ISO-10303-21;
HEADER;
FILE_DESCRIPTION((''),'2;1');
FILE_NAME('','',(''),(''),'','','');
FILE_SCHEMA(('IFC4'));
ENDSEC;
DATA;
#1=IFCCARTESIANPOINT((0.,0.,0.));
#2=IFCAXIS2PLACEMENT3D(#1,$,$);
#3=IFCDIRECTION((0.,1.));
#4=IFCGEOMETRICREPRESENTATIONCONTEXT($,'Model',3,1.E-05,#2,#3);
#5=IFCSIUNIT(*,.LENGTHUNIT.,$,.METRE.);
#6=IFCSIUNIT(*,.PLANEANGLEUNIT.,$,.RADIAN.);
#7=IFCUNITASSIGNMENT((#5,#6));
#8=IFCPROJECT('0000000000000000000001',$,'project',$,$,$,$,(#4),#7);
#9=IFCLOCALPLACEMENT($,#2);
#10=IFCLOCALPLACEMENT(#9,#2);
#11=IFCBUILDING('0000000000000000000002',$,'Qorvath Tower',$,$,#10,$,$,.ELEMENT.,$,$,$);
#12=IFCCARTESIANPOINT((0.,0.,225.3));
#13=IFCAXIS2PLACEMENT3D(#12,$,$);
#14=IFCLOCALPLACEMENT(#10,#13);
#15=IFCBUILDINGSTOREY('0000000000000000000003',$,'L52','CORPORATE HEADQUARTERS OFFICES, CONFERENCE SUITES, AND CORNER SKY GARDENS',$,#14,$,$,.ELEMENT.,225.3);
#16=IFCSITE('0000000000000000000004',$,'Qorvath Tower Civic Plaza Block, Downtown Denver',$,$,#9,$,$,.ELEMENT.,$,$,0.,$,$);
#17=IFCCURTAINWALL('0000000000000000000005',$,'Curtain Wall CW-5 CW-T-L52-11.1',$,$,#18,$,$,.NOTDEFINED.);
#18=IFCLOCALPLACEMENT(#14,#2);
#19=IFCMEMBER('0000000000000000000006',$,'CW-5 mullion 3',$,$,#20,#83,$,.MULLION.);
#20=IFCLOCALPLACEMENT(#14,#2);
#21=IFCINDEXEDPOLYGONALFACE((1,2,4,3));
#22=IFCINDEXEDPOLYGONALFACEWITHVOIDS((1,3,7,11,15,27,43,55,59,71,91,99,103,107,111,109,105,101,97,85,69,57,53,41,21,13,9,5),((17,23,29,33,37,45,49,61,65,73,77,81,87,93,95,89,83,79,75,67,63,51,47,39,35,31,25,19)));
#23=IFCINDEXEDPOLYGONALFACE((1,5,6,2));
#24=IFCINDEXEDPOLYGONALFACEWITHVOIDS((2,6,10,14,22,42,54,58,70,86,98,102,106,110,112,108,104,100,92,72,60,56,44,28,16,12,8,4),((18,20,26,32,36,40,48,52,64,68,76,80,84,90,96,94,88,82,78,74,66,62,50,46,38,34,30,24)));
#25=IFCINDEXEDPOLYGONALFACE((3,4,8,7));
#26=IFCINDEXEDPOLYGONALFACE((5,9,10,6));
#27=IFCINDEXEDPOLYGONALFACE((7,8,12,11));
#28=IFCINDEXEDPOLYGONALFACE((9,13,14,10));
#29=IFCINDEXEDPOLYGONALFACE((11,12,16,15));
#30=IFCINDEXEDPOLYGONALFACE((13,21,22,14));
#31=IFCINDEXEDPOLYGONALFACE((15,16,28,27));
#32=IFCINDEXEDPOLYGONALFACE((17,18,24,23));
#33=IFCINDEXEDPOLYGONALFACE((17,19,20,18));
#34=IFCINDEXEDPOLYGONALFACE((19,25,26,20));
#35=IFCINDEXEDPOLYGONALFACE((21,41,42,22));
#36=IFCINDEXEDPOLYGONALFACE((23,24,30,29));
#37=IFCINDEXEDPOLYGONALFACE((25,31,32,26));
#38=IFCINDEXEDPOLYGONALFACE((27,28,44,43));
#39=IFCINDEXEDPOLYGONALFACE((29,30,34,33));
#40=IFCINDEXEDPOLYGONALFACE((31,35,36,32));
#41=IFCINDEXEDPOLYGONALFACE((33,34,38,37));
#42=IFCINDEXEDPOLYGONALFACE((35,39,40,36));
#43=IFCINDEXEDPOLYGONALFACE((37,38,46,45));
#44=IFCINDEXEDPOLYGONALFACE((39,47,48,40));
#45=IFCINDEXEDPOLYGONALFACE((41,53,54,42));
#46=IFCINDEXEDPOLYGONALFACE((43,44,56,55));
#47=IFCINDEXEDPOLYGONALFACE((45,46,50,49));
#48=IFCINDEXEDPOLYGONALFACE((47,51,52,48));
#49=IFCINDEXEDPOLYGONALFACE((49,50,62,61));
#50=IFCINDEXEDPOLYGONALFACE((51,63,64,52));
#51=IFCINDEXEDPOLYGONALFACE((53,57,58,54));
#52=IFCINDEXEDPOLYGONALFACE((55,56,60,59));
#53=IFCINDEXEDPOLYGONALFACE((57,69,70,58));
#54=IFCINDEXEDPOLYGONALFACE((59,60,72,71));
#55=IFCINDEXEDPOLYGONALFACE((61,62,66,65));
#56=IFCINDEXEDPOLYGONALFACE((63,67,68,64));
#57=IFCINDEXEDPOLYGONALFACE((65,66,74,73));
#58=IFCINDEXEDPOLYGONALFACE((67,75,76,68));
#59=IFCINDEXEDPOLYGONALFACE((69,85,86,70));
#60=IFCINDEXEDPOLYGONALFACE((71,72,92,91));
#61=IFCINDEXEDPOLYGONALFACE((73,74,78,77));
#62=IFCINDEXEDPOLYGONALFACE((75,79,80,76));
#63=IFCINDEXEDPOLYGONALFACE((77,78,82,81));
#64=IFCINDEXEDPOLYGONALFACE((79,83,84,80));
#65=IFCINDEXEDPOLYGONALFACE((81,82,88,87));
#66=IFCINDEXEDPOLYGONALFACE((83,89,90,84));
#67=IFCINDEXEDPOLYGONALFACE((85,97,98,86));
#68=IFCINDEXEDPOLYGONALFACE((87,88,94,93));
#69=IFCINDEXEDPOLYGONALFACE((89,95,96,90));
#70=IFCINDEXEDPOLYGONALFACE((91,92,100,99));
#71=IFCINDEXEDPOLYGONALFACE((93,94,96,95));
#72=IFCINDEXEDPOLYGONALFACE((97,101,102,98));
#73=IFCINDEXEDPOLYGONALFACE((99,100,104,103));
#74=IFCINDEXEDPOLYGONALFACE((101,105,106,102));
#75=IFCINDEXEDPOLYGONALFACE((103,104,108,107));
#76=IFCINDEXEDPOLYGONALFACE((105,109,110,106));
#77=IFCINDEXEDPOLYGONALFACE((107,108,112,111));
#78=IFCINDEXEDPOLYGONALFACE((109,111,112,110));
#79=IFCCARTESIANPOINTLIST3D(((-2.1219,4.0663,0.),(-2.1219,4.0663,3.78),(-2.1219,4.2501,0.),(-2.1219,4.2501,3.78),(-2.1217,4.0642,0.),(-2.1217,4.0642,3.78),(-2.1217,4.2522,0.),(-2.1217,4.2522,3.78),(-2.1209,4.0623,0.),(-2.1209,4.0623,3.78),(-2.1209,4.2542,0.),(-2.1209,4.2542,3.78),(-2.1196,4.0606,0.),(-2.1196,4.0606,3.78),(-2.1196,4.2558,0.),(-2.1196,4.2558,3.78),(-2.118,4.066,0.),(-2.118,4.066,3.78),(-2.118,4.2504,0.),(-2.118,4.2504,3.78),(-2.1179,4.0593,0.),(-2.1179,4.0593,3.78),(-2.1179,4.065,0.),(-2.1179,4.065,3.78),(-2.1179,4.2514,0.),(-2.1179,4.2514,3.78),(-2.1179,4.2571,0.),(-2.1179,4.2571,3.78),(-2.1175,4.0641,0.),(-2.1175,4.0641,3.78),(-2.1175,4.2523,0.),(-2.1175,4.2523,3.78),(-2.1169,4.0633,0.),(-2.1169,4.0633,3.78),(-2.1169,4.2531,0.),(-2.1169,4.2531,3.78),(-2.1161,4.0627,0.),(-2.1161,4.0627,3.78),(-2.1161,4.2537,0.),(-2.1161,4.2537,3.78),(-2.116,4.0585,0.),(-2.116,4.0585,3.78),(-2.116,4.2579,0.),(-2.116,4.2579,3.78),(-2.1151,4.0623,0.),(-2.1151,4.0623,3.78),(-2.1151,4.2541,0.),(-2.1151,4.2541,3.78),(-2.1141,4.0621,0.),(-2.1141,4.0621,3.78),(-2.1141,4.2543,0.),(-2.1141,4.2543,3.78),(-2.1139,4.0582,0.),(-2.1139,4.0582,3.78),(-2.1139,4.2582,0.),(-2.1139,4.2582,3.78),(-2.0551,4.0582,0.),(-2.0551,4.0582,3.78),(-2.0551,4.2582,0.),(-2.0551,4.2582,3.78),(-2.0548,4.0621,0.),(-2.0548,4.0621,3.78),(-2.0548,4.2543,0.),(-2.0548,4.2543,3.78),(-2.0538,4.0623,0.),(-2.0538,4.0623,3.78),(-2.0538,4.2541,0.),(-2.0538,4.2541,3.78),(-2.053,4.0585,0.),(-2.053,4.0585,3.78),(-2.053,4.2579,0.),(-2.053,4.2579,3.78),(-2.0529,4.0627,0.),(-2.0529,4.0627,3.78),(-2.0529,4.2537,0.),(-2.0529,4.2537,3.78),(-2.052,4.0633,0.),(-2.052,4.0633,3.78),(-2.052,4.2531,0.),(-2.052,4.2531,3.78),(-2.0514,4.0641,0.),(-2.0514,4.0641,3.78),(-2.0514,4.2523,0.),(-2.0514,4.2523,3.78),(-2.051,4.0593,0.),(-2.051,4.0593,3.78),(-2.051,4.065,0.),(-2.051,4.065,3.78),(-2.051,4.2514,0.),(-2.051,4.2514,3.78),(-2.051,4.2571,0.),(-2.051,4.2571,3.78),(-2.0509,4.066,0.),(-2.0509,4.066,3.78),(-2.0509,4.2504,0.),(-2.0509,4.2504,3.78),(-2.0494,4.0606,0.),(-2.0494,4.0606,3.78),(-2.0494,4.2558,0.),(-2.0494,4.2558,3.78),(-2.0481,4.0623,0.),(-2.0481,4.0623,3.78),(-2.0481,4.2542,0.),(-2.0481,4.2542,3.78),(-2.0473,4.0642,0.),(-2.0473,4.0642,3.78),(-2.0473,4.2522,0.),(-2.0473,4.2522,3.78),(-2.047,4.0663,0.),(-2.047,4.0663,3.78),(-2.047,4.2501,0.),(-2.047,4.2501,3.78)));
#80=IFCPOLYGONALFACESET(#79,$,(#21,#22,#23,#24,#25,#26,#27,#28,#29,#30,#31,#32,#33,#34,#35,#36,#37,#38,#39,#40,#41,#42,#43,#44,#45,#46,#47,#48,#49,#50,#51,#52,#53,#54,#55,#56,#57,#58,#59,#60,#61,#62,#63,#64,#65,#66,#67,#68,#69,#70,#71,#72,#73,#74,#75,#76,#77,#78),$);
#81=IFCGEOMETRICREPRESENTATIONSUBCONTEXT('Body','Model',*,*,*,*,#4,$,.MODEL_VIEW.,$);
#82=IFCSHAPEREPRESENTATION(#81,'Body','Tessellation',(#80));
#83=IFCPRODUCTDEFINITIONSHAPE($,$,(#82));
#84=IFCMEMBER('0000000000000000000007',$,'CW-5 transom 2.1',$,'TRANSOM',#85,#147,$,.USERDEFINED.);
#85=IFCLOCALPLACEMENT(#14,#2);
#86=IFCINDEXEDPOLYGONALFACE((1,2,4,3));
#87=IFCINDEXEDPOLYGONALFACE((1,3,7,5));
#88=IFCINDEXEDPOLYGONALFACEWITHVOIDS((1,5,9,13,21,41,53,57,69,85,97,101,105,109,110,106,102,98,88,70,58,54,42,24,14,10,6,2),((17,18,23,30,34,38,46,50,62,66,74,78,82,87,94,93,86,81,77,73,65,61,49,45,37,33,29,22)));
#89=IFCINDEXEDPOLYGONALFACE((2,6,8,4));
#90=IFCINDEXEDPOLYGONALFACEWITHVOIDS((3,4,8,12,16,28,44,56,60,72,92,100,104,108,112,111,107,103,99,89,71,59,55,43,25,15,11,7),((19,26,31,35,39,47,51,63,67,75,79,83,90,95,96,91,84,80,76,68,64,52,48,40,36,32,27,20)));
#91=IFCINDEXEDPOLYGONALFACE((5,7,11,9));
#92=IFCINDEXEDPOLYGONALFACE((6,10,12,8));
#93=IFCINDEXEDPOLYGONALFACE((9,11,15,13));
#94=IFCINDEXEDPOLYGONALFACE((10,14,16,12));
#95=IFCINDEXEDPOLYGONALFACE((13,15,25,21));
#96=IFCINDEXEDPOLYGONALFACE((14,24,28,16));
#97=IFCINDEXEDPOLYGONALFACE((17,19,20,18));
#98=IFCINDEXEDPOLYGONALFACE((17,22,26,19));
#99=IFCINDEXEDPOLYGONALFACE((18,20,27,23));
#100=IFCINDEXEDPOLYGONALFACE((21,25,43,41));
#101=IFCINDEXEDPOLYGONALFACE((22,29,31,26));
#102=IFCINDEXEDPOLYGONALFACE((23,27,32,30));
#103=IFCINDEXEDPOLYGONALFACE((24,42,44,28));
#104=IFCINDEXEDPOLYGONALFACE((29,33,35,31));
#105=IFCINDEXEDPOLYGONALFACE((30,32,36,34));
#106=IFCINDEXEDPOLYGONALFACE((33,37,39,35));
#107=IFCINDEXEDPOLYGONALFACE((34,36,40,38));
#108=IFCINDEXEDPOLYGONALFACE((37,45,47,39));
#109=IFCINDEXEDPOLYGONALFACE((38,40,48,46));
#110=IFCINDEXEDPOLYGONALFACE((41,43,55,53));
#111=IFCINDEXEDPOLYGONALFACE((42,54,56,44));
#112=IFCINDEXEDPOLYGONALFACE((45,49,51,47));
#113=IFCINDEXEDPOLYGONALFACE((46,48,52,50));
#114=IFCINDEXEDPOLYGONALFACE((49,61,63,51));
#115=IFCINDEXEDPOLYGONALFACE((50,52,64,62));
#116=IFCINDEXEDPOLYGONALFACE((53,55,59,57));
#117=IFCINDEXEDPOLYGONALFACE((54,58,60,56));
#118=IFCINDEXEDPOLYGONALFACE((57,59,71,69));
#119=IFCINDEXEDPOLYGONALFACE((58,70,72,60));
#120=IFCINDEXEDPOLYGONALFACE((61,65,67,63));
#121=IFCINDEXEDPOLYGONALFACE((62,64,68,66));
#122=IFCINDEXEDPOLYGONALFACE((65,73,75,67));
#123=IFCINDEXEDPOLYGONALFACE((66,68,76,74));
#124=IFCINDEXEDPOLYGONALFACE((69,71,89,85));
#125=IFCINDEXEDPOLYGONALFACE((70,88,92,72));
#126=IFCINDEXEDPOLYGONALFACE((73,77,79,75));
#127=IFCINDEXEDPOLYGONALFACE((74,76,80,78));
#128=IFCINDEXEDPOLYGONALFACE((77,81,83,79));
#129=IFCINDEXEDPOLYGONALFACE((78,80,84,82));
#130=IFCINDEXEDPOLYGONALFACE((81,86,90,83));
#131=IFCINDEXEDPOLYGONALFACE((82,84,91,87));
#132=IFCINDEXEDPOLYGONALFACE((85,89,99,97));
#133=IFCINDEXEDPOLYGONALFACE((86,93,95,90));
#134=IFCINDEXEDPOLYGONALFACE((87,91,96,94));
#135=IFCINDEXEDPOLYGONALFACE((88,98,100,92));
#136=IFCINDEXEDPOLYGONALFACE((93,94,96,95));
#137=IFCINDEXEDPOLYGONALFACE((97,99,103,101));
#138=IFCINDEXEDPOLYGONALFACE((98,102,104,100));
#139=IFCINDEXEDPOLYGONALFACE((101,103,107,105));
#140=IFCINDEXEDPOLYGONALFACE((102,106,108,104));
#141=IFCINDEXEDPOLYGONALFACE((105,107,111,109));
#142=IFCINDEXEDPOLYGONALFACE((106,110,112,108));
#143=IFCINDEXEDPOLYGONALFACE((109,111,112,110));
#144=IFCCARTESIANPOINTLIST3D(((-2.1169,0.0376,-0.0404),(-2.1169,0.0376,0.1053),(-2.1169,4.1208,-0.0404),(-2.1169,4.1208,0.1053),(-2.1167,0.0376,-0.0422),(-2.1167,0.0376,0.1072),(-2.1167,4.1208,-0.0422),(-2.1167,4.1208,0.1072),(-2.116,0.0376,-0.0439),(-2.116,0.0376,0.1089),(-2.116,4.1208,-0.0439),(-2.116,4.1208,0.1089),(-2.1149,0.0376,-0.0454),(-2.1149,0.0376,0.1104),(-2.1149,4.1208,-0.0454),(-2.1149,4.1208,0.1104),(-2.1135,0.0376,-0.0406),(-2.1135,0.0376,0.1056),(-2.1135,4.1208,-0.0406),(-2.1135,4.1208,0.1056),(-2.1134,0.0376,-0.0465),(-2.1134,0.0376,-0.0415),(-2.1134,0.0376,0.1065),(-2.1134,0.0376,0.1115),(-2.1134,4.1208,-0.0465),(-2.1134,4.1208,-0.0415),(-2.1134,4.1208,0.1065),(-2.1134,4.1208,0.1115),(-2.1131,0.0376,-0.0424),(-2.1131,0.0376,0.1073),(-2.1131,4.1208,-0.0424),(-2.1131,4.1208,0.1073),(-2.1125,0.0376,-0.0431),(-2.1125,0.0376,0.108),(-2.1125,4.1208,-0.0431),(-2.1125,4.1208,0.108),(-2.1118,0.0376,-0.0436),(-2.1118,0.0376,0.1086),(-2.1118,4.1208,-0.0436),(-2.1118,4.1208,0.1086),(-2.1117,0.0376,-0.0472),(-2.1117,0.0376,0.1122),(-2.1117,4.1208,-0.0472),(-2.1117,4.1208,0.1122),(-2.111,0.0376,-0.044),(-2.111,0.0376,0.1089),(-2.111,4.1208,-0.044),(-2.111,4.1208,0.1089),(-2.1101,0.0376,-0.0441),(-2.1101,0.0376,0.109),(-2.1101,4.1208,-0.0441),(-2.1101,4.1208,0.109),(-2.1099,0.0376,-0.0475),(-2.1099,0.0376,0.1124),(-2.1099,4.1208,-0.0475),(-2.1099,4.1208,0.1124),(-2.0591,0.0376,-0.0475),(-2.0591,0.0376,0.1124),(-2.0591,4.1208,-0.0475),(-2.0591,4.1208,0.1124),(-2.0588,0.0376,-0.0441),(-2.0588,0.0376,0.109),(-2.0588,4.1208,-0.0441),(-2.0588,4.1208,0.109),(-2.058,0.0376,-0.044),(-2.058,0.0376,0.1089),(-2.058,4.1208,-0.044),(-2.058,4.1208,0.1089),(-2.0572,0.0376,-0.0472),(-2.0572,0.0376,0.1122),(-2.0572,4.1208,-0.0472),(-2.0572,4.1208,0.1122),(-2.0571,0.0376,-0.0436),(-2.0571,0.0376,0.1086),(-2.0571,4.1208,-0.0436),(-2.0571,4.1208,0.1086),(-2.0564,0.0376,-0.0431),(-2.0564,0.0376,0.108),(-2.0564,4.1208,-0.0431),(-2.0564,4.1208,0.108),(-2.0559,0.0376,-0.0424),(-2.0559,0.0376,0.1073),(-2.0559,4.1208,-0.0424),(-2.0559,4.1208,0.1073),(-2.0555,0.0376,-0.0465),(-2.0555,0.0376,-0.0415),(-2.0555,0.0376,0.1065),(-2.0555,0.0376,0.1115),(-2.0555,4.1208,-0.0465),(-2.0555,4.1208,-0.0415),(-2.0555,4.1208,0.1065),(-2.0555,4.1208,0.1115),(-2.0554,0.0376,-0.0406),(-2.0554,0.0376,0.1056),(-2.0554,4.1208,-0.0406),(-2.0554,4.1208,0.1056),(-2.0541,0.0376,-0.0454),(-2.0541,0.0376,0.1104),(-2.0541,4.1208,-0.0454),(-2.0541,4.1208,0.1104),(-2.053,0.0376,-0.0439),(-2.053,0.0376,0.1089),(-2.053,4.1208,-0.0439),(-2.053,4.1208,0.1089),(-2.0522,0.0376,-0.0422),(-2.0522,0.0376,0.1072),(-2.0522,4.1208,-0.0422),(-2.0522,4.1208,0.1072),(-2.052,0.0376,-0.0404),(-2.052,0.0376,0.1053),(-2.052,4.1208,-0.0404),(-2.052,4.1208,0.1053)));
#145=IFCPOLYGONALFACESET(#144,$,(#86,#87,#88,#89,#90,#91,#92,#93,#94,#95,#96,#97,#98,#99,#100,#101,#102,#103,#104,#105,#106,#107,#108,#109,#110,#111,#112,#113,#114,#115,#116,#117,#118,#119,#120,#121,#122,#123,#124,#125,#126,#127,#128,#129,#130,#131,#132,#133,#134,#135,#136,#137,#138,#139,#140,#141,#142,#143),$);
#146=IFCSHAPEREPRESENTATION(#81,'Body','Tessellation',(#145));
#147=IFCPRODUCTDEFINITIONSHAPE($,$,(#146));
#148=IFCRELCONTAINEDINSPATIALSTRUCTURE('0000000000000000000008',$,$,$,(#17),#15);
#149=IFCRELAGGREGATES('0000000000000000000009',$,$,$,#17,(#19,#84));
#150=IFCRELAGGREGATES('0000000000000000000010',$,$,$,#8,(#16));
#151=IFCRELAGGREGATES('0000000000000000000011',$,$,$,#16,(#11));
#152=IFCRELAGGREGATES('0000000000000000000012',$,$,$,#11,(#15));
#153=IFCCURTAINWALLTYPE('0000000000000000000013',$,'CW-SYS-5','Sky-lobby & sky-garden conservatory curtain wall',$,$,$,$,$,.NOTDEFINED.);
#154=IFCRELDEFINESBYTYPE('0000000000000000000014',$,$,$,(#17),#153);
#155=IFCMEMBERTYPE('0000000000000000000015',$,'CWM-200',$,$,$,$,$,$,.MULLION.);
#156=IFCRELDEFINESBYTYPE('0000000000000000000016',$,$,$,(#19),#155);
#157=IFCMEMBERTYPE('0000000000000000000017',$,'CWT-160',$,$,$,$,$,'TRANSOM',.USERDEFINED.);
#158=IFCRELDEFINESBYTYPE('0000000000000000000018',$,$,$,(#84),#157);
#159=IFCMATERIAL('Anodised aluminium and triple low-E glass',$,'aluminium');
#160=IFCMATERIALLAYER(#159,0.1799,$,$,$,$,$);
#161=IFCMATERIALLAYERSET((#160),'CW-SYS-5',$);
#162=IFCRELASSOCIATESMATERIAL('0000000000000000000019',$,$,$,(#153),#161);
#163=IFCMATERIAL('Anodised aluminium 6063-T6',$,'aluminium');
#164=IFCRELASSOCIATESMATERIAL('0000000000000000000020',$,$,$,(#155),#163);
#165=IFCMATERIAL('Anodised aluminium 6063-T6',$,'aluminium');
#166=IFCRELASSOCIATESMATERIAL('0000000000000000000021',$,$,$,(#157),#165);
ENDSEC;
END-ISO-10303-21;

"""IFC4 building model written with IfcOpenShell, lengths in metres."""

from ifc_helpers import new_model, si_unit, direction, frame, origin, origin_2d, place, context, subcontext, project, spatial, hollow_rectangle, extrude, material, layer, layer_set, material_profile, profile_set, type_object, element, aggregate, save


model = new_model("IFC4")

# Units and contexts
model_context = context("Model", 3, precision=1e-05, world=origin(), true_north=direction((0.0, 1.0)))
body_context = subcontext(model_context, "Body", "Model", "MODEL_VIEW")
ifc_project = project(units=[si_unit("LENGTHUNIT", "METRE"), si_unit("PLANEANGLEUNIT", "RADIAN")], contexts=[model_context])

# Site, building, storey
site_placement = place(None, origin())
site = spatial("IfcSite", under=ifc_project, at=site_placement, Name="Qorvath Tower Civic Plaza Block, Downtown Denver", CompositionType="ELEMENT", RefElevation=0.0)
building_placement = place(site_placement, origin())
building = spatial("IfcBuilding", under=site, at=building_placement, Name="Qorvath Tower", CompositionType="ELEMENT")
storey_placement = place(building_placement, frame((0.0, 0.0, 225.3)))
storey = spatial("IfcBuildingStorey", under=building, at=storey_placement, Name="L52", Description="CORPORATE HEADQUARTERS OFFICES, CONFERENCE SUITES, AND CORNER SKY GARDENS", CompositionType="ELEMENT", Elevation=225.3)

# Curtain wall, members
ifc_material_1 = material(Name="Anodised aluminium and triple low-E glass", Category="aluminium")
ifc_layer_1 = layer(ifc_material_1, 0.1799)
ifc_layer_set_1 = layer_set([ifc_layer_1], Name="CW-SYS-5")
curtain_wall_type = type_object("IfcCurtainWallType", Name="CW-SYS-5", Description="Sky-lobby & sky-garden conservatory curtain wall", PredefinedType="NOTDEFINED", material=ifc_layer_set_1)
curtain_wall_placement = place(storey_placement, origin())
curtain_wall = element("IfcCurtainWall", 1, at=curtain_wall_placement, inside=storey, type_object=curtain_wall_type, Name="Curtain Wall CW-5 CW-T-L52-11.1", PredefinedType="NOTDEFINED")
ifc_material_2 = material(Name="Anodised aluminium 6063-T6", Category="aluminium")
ifc_material_profile_1 = material_profile(ifc_material_2, hollow_rectangle(XDim=0.075, YDim=0.2, WallThickness=0.0039, InnerFilletRadius=0.0039, OuterFilletRadius=0.0081, at=origin_2d()), Name="CWM 200x75")
ifc_profile_set_1 = profile_set([ifc_material_profile_1], Name="Anodised aluminium 6063-T6")
member_type_1 = type_object("IfcMemberType", Name="CWM-200", PredefinedType="MULLION", material=ifc_profile_set_1)
member_1_placement = place(storey_placement, frame((-2.0845, 4.1582, 0.0), z_axis=(0.0, 0.0, 1.0), x_axis=(-1.0, 0.0, 0.0)))
member_1 = element("IfcMember", 2, at=member_1_placement, type_object=member_type_1, Name="CW-5 mullion 3", PredefinedType="MULLION", context=body_context, shape_type="SweptSolid", body=[
    extrude(hollow_rectangle(XDim=0.075, YDim=0.2, WallThickness=0.0039, InnerFilletRadius=0.0039, OuterFilletRadius=0.0081, at=origin_2d()), origin(), (0.0, 0.0, 1.0), 3.78),
])
ifc_material_3 = material(Name="Anodised aluminium 6063-T6", Category="aluminium")
ifc_material_profile_2 = material_profile(ifc_material_3, hollow_rectangle(XDim=0.0649, YDim=0.1599, WallThickness=0.0034, InnerFilletRadius=0.0034, OuterFilletRadius=0.0071, at=origin_2d()), Name="CWT 160x65")
ifc_profile_set_2 = profile_set([ifc_material_profile_2], Name="Anodised aluminium 6063-T6")
member_type_2 = type_object("IfcMemberType", Name="CWT-160", ElementType="TRANSOM", PredefinedType="USERDEFINED", material=ifc_profile_set_2)
member_2_placement = place(storey_placement, frame((-2.0845, 0.0376, 0.0325), z_axis=(0.0, 1.0, 0.0), x_axis=(-1.0, 0.0, 0.0)))
member_2 = element("IfcMember", 3, at=member_2_placement, type_object=member_type_2, Name="CW-5 transom 2.1", ObjectType="TRANSOM", PredefinedType="USERDEFINED", context=body_context, shape_type="SweptSolid", body=[
    extrude(hollow_rectangle(XDim=0.0649, YDim=0.1599, WallThickness=0.0034, InnerFilletRadius=0.0034, OuterFilletRadius=0.0071, at=origin_2d()), origin(), (0.0, 0.0, 1.0), 4.0833),
])
aggregate(curtain_wall, [member_1, member_2])

save(model, "model.ifc")
